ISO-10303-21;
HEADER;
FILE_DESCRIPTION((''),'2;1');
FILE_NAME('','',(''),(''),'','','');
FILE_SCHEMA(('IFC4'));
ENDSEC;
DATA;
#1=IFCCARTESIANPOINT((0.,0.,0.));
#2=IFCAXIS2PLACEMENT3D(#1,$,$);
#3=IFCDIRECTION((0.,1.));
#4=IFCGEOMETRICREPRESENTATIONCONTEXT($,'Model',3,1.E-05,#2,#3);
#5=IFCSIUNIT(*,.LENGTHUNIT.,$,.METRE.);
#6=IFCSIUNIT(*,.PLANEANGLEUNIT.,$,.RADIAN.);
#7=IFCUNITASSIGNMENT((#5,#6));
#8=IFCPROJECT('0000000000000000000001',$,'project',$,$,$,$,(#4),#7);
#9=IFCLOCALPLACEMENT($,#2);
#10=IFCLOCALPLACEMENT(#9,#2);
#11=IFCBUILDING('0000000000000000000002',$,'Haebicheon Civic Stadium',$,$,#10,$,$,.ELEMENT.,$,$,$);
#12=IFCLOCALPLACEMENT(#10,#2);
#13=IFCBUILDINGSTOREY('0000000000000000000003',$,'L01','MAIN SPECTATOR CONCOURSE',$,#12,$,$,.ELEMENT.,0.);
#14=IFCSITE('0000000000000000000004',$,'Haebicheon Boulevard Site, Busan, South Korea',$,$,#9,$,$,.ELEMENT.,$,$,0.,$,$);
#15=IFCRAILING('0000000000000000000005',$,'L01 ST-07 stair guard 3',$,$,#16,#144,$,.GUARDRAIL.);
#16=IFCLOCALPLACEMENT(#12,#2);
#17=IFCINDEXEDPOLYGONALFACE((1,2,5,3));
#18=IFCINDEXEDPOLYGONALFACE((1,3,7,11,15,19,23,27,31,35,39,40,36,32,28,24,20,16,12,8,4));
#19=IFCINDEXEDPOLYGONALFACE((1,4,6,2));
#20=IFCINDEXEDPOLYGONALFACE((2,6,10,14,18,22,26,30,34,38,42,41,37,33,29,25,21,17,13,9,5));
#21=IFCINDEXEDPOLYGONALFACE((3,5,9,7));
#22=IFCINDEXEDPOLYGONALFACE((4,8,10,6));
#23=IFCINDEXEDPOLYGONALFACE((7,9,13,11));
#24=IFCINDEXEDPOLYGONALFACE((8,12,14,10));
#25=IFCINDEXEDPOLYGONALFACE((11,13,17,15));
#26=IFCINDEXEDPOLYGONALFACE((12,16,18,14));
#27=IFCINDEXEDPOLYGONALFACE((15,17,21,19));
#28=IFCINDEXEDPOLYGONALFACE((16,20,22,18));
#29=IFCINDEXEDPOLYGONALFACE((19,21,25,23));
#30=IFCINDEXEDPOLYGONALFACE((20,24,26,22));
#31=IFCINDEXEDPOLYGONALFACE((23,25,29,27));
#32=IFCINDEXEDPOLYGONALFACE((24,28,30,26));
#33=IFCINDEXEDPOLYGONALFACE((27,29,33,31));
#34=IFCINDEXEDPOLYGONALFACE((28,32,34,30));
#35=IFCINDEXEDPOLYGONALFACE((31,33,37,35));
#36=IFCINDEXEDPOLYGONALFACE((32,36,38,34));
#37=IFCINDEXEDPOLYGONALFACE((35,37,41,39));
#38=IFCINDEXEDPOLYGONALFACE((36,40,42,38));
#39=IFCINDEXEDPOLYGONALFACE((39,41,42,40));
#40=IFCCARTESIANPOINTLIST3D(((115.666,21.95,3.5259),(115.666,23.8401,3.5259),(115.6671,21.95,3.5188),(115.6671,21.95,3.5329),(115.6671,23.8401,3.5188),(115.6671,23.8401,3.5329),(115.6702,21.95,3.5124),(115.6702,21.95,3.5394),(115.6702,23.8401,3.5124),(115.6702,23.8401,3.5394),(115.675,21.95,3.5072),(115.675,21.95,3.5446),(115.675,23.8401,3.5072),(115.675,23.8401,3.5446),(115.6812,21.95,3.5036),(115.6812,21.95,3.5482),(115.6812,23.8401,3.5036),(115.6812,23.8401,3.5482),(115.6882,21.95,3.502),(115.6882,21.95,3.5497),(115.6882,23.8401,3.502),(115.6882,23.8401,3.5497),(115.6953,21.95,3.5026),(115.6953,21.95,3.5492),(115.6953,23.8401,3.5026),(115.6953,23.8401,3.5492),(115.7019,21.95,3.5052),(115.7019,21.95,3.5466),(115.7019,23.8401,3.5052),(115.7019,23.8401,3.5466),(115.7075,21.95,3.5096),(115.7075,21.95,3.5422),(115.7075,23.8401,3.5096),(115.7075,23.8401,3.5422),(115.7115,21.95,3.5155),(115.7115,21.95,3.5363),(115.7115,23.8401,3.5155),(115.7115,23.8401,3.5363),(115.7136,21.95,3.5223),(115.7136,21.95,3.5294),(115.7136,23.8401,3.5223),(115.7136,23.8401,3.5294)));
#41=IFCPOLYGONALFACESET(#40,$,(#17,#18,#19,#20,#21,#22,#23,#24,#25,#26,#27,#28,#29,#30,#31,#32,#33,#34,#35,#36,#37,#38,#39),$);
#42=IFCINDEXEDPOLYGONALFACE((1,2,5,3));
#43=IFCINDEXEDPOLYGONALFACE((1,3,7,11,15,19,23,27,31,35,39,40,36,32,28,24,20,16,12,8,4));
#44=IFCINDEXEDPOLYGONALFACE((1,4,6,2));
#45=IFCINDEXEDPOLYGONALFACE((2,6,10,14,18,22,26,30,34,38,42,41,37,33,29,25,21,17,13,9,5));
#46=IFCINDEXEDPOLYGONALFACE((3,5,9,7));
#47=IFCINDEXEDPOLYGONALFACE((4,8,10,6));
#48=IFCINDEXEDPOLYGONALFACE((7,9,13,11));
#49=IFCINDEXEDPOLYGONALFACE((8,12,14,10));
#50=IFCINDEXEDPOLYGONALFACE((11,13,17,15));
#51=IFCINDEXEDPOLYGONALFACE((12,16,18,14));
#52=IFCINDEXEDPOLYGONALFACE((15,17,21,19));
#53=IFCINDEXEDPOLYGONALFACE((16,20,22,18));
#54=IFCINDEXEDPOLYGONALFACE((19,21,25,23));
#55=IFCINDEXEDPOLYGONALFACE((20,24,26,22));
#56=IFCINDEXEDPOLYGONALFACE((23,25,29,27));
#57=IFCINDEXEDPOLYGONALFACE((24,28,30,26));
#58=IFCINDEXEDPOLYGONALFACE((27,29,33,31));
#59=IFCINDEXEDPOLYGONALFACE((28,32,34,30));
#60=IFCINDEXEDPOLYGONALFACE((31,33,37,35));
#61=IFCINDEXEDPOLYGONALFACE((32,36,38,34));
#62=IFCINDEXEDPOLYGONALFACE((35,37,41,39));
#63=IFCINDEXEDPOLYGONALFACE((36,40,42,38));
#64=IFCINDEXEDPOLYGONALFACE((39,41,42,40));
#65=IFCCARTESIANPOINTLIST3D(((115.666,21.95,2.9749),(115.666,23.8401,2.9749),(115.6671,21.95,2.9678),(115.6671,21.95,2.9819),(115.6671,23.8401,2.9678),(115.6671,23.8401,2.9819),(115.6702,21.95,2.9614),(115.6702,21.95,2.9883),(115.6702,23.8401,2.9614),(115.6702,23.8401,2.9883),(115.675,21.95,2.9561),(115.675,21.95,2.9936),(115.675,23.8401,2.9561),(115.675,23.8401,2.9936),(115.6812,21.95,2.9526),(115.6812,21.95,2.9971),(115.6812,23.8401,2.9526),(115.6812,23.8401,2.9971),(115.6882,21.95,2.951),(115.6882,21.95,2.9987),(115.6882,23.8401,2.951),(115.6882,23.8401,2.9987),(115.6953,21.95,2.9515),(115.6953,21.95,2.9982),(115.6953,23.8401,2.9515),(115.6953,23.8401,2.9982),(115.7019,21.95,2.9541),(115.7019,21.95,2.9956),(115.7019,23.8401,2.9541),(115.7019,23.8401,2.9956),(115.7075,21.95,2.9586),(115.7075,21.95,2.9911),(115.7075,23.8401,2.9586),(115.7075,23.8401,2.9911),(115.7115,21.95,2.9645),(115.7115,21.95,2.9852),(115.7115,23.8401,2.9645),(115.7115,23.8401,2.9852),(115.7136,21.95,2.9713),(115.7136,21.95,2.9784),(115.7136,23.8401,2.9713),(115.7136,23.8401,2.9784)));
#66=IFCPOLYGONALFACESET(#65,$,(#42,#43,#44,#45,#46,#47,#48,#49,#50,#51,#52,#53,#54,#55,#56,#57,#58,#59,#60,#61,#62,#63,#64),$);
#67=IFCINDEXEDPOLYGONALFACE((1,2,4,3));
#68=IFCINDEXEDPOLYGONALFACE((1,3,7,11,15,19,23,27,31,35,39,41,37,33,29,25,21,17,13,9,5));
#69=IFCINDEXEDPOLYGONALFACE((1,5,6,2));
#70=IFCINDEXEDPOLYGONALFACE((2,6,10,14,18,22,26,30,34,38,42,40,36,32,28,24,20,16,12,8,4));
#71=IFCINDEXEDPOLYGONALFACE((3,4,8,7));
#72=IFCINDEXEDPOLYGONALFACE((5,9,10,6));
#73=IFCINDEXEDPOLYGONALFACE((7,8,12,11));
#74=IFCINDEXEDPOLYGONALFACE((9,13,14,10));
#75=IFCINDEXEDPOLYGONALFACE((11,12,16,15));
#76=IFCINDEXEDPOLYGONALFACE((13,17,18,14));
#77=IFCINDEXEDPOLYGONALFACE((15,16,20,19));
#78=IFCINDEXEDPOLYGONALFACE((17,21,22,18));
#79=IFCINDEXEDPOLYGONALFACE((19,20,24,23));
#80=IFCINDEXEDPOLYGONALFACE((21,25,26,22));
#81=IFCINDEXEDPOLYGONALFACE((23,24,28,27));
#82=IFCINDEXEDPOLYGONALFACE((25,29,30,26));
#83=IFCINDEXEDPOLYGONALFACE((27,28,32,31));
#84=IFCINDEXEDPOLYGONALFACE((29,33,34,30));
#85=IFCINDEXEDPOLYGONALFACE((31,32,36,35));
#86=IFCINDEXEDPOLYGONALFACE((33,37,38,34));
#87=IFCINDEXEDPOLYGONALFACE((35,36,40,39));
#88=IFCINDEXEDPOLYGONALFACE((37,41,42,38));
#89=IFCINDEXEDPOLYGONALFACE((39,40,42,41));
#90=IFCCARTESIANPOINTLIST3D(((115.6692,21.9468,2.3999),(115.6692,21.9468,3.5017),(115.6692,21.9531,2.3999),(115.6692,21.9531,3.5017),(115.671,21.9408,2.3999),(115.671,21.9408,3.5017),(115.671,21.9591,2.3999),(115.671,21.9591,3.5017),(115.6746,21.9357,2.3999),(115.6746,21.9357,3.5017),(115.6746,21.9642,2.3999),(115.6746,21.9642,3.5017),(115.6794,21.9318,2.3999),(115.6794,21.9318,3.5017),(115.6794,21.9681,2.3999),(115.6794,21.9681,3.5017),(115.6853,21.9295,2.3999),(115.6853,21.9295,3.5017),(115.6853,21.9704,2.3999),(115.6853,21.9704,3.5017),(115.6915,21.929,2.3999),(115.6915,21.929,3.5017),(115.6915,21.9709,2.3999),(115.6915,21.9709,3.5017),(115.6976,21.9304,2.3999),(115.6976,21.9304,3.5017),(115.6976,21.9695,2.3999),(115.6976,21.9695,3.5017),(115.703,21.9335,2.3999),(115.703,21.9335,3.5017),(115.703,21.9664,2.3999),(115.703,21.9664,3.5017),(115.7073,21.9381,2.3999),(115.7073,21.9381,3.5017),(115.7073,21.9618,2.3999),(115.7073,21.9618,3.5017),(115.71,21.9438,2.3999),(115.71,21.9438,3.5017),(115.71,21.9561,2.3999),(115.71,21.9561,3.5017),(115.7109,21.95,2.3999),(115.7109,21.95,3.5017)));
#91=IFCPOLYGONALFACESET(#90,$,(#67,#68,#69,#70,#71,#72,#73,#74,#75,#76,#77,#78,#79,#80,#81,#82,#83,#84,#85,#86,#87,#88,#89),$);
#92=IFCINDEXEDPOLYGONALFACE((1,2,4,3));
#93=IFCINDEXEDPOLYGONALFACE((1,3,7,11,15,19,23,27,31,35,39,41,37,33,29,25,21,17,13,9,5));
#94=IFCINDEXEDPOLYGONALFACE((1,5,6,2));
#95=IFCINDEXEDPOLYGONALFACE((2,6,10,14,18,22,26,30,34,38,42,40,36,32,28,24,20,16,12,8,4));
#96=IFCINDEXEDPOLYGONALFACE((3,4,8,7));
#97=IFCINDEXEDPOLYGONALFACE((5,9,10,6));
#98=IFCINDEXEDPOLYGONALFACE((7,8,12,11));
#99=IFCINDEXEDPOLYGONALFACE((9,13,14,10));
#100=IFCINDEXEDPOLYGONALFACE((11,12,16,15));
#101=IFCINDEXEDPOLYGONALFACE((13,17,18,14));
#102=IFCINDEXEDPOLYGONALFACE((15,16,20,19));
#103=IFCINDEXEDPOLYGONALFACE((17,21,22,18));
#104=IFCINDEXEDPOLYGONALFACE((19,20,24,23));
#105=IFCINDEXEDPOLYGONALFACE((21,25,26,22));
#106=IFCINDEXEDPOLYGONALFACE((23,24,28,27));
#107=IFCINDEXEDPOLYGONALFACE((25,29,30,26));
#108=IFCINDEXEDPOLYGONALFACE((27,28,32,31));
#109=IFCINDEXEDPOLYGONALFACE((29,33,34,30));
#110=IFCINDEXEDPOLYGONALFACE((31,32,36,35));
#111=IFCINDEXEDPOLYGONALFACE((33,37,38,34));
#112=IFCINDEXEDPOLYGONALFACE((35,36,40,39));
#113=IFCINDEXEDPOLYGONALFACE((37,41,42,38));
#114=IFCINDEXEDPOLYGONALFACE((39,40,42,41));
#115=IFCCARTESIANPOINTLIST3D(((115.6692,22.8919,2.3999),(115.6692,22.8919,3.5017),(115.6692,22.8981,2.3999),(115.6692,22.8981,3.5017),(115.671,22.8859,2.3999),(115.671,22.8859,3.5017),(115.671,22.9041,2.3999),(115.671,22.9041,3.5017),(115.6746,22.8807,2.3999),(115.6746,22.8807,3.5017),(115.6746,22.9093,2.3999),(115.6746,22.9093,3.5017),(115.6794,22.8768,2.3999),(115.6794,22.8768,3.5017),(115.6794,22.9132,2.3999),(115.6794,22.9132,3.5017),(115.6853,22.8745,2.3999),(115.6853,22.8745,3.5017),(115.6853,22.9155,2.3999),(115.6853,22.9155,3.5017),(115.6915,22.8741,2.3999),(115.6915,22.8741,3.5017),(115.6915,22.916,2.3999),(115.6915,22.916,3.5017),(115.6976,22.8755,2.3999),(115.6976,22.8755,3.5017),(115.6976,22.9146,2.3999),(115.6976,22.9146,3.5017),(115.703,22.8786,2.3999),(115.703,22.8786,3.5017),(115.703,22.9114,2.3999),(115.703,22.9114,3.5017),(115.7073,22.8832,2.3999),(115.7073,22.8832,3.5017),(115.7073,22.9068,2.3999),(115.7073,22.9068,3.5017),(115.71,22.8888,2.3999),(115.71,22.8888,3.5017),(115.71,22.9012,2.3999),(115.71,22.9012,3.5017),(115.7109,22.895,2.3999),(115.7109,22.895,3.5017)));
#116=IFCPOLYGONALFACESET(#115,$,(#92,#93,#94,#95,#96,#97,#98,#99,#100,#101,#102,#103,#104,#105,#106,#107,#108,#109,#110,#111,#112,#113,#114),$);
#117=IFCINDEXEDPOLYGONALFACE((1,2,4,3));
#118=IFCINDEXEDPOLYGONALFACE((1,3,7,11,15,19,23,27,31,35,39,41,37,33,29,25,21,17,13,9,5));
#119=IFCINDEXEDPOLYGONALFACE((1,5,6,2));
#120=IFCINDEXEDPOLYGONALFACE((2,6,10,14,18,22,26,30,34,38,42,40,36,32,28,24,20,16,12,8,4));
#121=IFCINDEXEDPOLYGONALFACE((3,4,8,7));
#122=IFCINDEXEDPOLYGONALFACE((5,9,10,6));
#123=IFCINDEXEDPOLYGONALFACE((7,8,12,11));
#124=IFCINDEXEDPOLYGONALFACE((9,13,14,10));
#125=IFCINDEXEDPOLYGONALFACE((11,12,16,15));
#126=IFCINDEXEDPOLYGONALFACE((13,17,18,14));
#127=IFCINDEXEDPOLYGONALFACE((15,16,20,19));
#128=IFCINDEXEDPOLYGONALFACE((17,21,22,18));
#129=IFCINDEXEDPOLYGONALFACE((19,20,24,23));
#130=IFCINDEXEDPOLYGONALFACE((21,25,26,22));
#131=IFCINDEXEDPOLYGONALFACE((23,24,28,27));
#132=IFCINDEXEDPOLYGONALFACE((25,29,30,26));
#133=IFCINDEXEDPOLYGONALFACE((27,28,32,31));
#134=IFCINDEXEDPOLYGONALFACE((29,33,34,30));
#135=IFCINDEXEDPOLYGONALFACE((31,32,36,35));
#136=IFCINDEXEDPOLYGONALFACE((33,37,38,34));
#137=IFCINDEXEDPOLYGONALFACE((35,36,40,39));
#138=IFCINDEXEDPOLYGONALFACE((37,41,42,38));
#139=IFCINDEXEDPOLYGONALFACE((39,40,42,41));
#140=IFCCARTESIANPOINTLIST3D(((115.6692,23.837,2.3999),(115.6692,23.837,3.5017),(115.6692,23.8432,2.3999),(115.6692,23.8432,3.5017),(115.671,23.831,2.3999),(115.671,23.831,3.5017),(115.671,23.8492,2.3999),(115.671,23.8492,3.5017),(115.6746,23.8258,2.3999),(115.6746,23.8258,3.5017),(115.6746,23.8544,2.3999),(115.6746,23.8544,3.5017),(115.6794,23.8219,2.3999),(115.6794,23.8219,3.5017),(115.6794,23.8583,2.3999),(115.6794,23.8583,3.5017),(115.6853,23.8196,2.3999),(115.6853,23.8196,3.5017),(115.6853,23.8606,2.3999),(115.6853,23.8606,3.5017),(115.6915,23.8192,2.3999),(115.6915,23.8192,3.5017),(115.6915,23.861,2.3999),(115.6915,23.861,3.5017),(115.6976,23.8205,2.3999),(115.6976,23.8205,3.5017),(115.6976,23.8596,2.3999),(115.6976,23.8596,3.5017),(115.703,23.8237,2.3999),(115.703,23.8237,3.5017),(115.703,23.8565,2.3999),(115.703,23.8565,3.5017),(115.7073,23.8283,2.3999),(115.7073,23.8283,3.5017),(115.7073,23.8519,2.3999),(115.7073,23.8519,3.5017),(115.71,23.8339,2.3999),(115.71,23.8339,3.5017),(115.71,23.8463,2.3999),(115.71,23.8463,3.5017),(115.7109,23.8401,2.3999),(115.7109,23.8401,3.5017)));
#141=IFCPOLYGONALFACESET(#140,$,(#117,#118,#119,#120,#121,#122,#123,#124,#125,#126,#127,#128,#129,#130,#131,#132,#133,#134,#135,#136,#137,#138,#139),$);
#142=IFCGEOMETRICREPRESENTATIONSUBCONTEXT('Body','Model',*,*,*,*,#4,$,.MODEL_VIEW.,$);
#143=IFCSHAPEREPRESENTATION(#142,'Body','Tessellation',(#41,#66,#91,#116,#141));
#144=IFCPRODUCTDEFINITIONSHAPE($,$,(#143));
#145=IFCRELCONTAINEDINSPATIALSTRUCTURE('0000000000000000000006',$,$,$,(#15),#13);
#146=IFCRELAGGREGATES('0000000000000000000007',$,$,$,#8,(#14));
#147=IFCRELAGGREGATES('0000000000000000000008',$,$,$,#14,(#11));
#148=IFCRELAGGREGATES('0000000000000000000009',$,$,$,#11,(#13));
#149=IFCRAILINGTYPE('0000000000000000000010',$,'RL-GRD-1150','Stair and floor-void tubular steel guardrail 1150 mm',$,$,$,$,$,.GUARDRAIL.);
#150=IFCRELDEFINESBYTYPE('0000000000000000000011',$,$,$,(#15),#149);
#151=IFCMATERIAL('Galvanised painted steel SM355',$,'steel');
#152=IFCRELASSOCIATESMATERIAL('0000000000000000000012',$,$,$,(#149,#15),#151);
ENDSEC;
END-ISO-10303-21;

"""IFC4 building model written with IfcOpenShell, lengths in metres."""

from ifc_helpers import new_model, si_unit, direction, frame, origin, origin_2d, place, context, subcontext, project, spatial, circle, extrude, material, type_object, element, save


model = new_model("IFC4")

# Units and contexts
model_context = context("Model", 3, precision=1e-05, world=origin(), true_north=direction((0.0, 1.0)))
body_context = subcontext(model_context, "Body", "Model", "MODEL_VIEW")
ifc_project = project(units=[si_unit("LENGTHUNIT", "METRE"), si_unit("PLANEANGLEUNIT", "RADIAN")], contexts=[model_context])

# Site, building, storey
site_placement = place(None, origin())
site = spatial("IfcSite", under=ifc_project, at=site_placement, Name="Haebicheon Boulevard Site, Busan, South Korea", CompositionType="ELEMENT", RefElevation=0.0)
building_placement = place(site_placement, origin())
building = spatial("IfcBuilding", under=site, at=building_placement, Name="Haebicheon Civic Stadium", CompositionType="ELEMENT")
storey_placement = place(building_placement, origin())
storey = spatial("IfcBuildingStorey", under=building, at=storey_placement, Name="L01", Description="MAIN SPECTATOR CONCOURSE", CompositionType="ELEMENT", Elevation=0.0)

# Railing
ifc_material_1 = material(Name="Galvanised painted steel SM355", Category="steel")
railing_type_1 = type_object("IfcRailingType", Name="RL-GRD-1150", Description="Stair and floor-void tubular steel guardrail 1150 mm", PredefinedType="GUARDRAIL", material=ifc_material_1)
railing_1_placement = place(storey_placement, frame((115.6899, 21.95, 2.3999)))
element("IfcRailing", 1, at=railing_1_placement, inside=storey, type_object=railing_type_1, material=ifc_material_1, Name="L01 ST-07 stair guard 3", PredefinedType="GUARDRAIL", context=body_context, shape_type="SweptSolid", body=[
    extrude(circle(Radius=0.0239, at=origin_2d()), frame((0.0, 0.0, 1.126), z_axis=(0.0, 1.0, 0.0), x_axis=(-1.0, 0.0, 0.0)), (0.0, 0.0, 1.0), 1.8901),
    extrude(circle(Radius=0.0239, at=origin_2d()), frame((0.0, 0.0, 0.575), z_axis=(0.0, 1.0, 0.0), x_axis=(-1.0, 0.0, 0.0)), (0.0, 0.0, 1.0), 1.8901),
    extrude(circle(Radius=0.021, at=origin_2d()), origin(), (0.0, 0.0, 1.0), 1.1018),
    extrude(circle(Radius=0.021, at=origin_2d()), frame((0.0, 0.9451, 0.0)), (0.0, 0.0, 1.0), 1.1018),
    extrude(circle(Radius=0.021, at=origin_2d()), frame((0.0, 1.8901, 0.0)), (0.0, 0.0, 1.0), 1.1018),
])

save(model, "model.ifc")
